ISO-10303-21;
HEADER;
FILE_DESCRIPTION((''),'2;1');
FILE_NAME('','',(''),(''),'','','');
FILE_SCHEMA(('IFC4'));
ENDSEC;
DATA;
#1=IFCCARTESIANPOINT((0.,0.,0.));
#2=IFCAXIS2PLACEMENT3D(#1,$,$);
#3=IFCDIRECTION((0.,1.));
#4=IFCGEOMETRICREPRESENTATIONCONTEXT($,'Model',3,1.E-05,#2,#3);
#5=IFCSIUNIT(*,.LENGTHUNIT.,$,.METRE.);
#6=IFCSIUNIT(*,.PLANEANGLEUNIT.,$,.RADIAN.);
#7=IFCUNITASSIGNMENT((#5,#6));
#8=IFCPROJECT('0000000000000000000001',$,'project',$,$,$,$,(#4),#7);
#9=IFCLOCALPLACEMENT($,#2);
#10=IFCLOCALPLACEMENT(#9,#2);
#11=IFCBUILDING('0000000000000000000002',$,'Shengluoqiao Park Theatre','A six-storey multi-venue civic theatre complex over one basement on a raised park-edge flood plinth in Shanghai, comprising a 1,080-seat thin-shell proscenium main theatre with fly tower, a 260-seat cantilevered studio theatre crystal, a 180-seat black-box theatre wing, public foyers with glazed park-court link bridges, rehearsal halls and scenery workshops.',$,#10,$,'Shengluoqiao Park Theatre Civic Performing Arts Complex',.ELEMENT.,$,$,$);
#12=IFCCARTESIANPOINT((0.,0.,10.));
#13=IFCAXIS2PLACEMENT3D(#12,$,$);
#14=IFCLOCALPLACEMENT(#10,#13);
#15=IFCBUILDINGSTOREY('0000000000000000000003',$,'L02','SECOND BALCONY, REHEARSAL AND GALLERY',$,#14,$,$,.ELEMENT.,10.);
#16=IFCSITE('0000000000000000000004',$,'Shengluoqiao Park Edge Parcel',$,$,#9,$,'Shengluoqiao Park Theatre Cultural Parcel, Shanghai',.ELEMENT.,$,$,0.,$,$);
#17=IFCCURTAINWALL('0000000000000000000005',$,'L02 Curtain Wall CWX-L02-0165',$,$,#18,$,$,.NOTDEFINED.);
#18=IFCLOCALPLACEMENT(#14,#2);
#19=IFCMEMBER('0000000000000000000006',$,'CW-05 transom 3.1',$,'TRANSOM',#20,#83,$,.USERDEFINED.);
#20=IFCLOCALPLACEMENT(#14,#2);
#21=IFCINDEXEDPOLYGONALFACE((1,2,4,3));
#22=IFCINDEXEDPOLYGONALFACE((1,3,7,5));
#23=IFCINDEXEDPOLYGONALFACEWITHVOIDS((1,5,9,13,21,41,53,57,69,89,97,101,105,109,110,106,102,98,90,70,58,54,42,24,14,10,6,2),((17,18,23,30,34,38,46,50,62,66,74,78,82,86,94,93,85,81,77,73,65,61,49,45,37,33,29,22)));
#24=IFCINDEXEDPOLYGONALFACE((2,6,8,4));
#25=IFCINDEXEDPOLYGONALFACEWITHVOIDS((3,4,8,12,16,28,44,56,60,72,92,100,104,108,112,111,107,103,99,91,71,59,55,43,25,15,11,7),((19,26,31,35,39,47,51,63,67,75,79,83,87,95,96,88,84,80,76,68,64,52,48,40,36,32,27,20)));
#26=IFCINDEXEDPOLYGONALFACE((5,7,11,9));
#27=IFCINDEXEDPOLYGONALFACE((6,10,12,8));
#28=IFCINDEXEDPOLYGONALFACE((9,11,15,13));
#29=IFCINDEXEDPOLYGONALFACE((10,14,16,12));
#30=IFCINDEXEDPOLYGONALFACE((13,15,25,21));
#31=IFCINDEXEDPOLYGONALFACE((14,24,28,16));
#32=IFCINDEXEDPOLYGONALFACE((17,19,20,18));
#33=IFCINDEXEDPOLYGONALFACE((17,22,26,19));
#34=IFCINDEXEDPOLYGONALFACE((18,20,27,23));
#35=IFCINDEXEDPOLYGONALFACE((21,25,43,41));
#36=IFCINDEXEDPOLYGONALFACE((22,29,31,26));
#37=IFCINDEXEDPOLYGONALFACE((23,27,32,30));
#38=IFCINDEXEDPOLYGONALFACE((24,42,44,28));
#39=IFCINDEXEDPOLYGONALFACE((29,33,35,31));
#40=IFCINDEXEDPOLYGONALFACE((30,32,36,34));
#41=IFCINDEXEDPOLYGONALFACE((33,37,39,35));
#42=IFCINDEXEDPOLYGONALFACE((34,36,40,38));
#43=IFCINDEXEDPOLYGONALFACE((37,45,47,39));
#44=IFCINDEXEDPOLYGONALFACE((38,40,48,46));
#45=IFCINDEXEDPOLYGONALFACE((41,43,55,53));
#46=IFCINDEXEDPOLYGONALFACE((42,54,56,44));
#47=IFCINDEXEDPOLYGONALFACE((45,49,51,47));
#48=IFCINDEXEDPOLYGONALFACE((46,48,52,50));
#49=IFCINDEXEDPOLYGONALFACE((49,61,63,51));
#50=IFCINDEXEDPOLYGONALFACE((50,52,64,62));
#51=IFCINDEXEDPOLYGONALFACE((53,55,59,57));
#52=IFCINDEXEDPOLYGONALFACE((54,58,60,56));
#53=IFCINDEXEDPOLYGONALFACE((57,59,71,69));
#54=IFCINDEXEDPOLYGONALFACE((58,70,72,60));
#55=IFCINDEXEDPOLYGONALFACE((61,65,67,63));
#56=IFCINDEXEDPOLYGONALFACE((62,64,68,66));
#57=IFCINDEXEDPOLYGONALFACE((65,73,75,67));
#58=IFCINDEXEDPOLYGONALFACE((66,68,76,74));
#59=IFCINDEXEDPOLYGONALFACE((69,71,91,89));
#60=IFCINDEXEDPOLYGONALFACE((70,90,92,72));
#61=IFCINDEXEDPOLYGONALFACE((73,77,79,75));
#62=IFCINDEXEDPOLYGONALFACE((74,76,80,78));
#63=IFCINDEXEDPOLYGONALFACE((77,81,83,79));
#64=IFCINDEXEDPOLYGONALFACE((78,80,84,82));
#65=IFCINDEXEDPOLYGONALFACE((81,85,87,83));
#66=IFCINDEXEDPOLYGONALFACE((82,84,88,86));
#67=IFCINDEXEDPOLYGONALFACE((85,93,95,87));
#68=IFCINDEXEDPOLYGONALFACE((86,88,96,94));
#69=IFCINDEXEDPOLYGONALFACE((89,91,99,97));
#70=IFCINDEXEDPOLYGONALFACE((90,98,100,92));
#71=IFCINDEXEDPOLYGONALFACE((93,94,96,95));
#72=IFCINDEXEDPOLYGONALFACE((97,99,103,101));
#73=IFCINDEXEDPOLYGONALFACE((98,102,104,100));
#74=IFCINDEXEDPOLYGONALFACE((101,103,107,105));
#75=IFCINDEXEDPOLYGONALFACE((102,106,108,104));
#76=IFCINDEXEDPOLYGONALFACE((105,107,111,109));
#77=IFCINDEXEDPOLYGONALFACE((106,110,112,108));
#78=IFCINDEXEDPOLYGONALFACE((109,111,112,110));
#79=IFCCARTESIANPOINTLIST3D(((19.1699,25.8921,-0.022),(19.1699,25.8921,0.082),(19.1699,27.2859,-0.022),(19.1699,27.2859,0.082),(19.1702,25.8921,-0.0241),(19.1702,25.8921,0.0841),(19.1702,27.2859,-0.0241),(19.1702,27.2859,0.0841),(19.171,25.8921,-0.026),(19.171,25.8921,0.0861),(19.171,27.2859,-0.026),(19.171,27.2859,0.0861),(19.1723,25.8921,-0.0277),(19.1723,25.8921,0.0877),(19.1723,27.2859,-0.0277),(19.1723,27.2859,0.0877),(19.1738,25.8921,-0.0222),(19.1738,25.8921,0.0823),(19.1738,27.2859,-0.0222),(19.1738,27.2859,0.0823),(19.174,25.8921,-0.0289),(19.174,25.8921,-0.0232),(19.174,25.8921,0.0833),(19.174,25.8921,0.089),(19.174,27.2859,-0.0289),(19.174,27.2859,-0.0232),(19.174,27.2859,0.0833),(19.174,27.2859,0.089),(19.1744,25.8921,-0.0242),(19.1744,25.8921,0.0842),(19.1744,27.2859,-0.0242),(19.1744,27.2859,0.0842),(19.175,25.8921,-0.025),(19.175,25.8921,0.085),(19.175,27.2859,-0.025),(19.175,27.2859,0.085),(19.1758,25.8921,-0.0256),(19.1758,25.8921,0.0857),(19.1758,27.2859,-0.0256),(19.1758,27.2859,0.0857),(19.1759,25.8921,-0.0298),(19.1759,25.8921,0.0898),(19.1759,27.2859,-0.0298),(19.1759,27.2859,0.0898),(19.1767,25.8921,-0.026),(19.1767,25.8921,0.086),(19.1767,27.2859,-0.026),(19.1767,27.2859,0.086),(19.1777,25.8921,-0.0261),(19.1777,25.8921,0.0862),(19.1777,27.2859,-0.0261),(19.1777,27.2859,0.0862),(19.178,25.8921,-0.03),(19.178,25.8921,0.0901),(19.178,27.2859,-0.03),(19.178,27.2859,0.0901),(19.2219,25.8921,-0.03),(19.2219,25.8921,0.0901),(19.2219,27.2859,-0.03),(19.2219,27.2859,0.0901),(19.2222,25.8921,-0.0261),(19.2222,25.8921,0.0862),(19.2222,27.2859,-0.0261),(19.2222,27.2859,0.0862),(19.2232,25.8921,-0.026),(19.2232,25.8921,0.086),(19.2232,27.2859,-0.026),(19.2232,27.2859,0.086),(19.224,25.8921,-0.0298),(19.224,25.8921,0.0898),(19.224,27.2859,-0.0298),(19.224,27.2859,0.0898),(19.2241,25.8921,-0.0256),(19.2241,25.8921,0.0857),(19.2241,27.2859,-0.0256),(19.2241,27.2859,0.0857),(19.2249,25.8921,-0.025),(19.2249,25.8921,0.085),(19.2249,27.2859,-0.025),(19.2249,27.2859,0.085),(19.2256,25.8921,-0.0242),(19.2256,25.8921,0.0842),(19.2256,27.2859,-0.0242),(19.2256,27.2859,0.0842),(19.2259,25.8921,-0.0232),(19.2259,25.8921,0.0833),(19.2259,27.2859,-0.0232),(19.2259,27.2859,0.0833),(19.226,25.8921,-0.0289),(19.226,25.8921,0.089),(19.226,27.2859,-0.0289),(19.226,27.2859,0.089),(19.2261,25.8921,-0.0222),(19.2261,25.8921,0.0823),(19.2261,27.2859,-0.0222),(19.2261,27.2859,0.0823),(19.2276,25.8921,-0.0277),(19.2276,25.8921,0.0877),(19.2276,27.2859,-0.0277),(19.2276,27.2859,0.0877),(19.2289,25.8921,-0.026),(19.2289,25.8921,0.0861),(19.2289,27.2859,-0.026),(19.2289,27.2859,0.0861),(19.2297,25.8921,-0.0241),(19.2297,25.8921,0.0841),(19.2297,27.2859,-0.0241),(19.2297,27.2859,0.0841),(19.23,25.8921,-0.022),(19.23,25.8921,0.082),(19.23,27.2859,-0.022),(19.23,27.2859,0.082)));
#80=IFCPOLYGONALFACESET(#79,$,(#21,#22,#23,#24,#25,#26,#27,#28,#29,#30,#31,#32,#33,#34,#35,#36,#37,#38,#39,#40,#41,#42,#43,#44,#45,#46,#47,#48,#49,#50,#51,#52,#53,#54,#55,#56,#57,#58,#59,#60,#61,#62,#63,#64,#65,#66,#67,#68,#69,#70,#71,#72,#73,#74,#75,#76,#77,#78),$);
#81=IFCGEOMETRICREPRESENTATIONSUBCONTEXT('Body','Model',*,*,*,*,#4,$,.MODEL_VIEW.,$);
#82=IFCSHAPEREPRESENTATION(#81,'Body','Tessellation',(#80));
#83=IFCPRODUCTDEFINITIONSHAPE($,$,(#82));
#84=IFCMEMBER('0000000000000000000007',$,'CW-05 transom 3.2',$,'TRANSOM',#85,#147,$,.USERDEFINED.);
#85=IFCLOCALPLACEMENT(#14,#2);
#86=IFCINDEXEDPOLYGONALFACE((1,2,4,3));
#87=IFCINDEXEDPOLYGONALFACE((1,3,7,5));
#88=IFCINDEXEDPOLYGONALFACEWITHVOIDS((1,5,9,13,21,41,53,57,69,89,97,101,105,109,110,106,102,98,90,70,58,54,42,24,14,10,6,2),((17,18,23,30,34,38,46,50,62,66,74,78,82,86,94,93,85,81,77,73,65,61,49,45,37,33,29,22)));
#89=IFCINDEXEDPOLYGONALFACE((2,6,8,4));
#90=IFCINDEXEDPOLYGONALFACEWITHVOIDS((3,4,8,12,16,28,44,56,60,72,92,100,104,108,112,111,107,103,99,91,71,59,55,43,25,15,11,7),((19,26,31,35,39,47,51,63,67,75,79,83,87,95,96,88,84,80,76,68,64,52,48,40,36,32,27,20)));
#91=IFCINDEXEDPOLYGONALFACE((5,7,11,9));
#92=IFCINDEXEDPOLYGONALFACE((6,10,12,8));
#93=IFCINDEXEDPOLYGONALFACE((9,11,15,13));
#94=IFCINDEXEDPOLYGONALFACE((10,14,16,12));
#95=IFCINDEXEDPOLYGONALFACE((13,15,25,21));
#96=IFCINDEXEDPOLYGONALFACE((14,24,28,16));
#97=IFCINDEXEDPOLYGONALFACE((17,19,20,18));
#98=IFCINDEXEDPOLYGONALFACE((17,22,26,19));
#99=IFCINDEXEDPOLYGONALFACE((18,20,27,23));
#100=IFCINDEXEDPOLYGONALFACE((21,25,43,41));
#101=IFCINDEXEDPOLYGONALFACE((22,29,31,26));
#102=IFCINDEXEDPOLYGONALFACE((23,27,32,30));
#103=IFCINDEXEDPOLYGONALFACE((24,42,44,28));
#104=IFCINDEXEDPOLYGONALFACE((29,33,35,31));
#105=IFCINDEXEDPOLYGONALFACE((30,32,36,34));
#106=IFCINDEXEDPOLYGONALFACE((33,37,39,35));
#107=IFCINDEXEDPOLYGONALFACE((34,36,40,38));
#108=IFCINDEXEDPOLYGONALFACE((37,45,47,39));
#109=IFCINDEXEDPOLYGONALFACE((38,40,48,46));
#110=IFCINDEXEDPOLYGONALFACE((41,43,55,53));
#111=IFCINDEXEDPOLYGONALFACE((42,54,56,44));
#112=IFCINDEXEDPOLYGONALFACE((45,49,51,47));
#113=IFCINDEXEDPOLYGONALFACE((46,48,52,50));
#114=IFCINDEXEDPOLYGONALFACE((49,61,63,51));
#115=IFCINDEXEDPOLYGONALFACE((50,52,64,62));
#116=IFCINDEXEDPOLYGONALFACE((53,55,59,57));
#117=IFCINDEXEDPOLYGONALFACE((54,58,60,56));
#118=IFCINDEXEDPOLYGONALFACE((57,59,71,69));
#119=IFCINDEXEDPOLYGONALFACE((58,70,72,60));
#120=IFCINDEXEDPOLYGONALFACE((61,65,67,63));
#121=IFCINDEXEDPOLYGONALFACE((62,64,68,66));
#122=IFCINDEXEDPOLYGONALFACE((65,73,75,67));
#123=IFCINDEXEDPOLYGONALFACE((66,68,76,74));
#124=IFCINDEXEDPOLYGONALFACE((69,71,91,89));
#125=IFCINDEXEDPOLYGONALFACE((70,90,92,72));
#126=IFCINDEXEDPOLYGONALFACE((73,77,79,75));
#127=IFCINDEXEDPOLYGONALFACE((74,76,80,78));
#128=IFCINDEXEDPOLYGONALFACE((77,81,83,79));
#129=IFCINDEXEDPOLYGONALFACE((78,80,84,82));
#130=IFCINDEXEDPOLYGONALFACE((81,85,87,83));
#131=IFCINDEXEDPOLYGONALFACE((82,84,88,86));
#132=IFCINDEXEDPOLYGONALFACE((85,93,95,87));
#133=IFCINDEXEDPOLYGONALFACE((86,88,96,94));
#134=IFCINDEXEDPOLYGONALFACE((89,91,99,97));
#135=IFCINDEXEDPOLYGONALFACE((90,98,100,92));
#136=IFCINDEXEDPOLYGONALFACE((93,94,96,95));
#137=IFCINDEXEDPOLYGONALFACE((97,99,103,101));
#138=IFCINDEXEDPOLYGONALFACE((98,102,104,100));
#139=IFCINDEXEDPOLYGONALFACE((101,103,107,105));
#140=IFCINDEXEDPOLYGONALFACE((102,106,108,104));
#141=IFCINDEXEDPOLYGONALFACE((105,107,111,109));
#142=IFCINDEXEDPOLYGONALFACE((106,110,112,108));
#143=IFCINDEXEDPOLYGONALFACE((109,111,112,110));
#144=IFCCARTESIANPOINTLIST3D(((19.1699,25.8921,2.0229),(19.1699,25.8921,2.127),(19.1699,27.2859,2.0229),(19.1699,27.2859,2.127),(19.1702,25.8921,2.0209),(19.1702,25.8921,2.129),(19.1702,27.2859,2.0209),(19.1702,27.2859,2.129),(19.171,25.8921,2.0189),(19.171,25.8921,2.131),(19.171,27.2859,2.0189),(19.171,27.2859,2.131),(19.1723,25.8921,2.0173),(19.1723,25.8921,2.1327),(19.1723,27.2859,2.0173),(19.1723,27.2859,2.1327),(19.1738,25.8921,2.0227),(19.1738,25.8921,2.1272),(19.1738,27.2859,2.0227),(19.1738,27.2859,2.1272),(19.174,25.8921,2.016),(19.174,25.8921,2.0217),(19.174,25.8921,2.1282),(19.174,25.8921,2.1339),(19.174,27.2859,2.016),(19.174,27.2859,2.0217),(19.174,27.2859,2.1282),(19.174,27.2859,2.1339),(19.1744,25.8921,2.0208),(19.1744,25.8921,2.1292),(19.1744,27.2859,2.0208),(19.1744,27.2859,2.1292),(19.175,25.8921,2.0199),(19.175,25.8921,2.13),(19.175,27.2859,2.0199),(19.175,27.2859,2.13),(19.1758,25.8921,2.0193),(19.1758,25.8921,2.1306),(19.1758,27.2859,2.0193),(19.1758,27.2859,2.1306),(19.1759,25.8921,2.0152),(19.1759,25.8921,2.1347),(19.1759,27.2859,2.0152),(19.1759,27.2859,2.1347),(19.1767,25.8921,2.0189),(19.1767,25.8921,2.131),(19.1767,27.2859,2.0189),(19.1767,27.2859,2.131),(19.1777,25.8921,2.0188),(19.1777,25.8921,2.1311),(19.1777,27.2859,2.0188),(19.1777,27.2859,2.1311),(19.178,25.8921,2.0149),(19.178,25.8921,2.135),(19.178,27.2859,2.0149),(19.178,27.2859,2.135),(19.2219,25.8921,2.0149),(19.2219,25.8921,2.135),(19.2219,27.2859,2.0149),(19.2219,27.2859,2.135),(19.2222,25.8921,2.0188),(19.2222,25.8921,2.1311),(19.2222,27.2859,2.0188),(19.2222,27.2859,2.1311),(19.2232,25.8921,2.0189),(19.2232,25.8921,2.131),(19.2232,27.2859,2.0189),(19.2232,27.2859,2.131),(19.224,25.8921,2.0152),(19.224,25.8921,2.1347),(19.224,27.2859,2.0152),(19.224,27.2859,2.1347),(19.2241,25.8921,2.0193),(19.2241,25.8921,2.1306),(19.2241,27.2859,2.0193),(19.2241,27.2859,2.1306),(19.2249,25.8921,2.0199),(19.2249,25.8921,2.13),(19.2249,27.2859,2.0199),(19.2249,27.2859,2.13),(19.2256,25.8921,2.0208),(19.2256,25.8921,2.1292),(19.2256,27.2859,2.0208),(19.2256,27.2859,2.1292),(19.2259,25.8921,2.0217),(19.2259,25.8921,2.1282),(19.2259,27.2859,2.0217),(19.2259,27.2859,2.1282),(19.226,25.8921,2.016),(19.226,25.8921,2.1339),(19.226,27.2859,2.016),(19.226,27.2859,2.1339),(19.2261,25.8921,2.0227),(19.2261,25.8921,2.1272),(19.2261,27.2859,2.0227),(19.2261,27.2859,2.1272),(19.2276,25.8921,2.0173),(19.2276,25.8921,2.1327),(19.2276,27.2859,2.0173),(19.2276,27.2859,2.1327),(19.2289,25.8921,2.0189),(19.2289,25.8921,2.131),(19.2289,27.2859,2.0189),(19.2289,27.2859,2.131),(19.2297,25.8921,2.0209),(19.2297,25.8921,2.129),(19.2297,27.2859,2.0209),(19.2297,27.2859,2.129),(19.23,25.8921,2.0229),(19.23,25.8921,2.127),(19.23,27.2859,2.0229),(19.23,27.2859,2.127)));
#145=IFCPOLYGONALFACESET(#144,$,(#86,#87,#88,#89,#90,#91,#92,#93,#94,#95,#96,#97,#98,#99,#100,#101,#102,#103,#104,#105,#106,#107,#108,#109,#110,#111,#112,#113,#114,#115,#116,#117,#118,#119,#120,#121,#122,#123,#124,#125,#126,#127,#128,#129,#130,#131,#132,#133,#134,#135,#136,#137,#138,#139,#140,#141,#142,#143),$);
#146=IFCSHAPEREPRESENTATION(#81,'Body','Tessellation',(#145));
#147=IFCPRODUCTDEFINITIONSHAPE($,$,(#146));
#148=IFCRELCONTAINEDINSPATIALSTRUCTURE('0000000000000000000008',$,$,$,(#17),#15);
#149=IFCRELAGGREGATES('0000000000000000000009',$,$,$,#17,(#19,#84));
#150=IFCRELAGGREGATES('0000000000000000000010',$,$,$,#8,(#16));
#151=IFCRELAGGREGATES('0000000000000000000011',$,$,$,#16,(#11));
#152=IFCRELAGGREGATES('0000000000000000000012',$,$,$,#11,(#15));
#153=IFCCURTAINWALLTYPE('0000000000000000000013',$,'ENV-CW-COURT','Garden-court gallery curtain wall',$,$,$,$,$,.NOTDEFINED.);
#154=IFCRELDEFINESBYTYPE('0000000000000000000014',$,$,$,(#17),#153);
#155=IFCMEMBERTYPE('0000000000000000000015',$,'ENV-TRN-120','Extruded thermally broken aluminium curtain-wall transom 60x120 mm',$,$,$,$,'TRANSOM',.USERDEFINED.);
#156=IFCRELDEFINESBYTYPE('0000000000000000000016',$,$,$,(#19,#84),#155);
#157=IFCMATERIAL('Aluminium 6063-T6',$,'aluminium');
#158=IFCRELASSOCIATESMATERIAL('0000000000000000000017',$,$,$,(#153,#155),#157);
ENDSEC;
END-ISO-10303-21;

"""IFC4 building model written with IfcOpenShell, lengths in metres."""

from ifc_helpers import new_model, si_unit, direction, frame, origin, origin_2d, place, context, subcontext, project, spatial, hollow_rectangle, extrude, material, material_profile, profile_set, type_object, element, aggregate, save


model = new_model("IFC4")

# Units and contexts
model_context = context("Model", 3, precision=1e-05, world=origin(), true_north=direction((0.0, 1.0)))
body_context = subcontext(model_context, "Body", "Model", "MODEL_VIEW")
ifc_project = project(units=[si_unit("LENGTHUNIT", "METRE"), si_unit("PLANEANGLEUNIT", "RADIAN")], contexts=[model_context])

# Site, building, storey
site_placement = place(None, origin())
site = spatial("IfcSite", under=ifc_project, at=site_placement, Name="Shengluoqiao Park Edge Parcel", LongName="Shengluoqiao Park Theatre Cultural Parcel, Shanghai", CompositionType="ELEMENT", RefElevation=0.0)
building_placement = place(site_placement, origin())
building = spatial("IfcBuilding", under=site, at=building_placement, Name="Shengluoqiao Park Theatre", Description="A six-storey multi-venue civic theatre complex over one basement on a raised park-edge flood plinth in Shanghai, comprising a 1,080-seat thin-shell proscenium main theatre with fly tower, a 260-seat cantilevered studio theatre crystal, a 180-seat black-box theatre wing, public foyers with glazed park-court link bridges, rehearsal halls and scenery workshops.", LongName="Shengluoqiao Park Theatre Civic Performing Arts Complex", CompositionType="ELEMENT")
storey_placement = place(building_placement, frame((0.0, 0.0, 10.0)))
storey = spatial("IfcBuildingStorey", under=building, at=storey_placement, Name="L02", Description="SECOND BALCONY, REHEARSAL AND GALLERY", CompositionType="ELEMENT", Elevation=10.0)

# Shared definitions
ifc_material_1 = material(Name="Aluminium 6063-T6", Category="aluminium")

# Curtain wall, members
curtain_wall_type_1 = type_object("IfcCurtainWallType", Name="ENV-CW-COURT", Description="Garden-court gallery curtain wall", PredefinedType="NOTDEFINED", material=ifc_material_1)
curtain_wall_1_placement = place(storey_placement, origin())
curtain_wall_1 = element("IfcCurtainWall", 1, at=curtain_wall_1_placement, inside=storey, type_object=curtain_wall_type_1, Name="L02 Curtain Wall CWX-L02-0165", PredefinedType="NOTDEFINED")
ifc_material_profile_1 = material_profile(ifc_material_1, hollow_rectangle(XDim=0.0601, YDim=0.1201, WallThickness=0.0039, InnerFilletRadius=0.0039, OuterFilletRadius=0.0081, at=origin_2d()), Name="ALU TRANSOM 120x60x4")
ifc_profile_set_1 = profile_set([ifc_material_profile_1], Name="Aluminium 6063-T6")
member_type_1 = type_object("IfcMemberType", Name="ENV-TRN-120", Description="Extruded thermally broken aluminium curtain-wall transom 60x120 mm", ElementType="TRANSOM", PredefinedType="USERDEFINED", material=ifc_profile_set_1)
member_1_placement = place(storey_placement, frame((19.2, 25.8921, 0.03), z_axis=(0.0, 1.0, 0.0), x_axis=(-1.0, 0.0, 0.0)))
member_1 = element("IfcMember", 2, at=member_1_placement, type_object=member_type_1, Name="CW-05 transom 3.1", ObjectType="TRANSOM", PredefinedType="USERDEFINED", context=body_context, shape_type="SweptSolid", body=[
    extrude(hollow_rectangle(XDim=0.0601, YDim=0.1201, WallThickness=0.0039, InnerFilletRadius=0.0039, OuterFilletRadius=0.0081, at=origin_2d()), origin(), (0.0, 0.0, 1.0), 1.3938),
])
member_2_placement = place(storey_placement, frame((19.2, 25.8921, 2.075), z_axis=(0.0, 1.0, 0.0), x_axis=(-1.0, 0.0, 0.0)))
member_2 = element("IfcMember", 3, at=member_2_placement, type_object=member_type_1, Name="CW-05 transom 3.2", ObjectType="TRANSOM", PredefinedType="USERDEFINED", context=body_context, shape_type="SweptSolid", body=[
    extrude(hollow_rectangle(XDim=0.0601, YDim=0.1201, WallThickness=0.0039, InnerFilletRadius=0.0039, OuterFilletRadius=0.0081, at=origin_2d()), origin(), (0.0, 0.0, 1.0), 1.3938),
])
aggregate(curtain_wall_1, [member_1, member_2])

save(model, "model.ifc")
